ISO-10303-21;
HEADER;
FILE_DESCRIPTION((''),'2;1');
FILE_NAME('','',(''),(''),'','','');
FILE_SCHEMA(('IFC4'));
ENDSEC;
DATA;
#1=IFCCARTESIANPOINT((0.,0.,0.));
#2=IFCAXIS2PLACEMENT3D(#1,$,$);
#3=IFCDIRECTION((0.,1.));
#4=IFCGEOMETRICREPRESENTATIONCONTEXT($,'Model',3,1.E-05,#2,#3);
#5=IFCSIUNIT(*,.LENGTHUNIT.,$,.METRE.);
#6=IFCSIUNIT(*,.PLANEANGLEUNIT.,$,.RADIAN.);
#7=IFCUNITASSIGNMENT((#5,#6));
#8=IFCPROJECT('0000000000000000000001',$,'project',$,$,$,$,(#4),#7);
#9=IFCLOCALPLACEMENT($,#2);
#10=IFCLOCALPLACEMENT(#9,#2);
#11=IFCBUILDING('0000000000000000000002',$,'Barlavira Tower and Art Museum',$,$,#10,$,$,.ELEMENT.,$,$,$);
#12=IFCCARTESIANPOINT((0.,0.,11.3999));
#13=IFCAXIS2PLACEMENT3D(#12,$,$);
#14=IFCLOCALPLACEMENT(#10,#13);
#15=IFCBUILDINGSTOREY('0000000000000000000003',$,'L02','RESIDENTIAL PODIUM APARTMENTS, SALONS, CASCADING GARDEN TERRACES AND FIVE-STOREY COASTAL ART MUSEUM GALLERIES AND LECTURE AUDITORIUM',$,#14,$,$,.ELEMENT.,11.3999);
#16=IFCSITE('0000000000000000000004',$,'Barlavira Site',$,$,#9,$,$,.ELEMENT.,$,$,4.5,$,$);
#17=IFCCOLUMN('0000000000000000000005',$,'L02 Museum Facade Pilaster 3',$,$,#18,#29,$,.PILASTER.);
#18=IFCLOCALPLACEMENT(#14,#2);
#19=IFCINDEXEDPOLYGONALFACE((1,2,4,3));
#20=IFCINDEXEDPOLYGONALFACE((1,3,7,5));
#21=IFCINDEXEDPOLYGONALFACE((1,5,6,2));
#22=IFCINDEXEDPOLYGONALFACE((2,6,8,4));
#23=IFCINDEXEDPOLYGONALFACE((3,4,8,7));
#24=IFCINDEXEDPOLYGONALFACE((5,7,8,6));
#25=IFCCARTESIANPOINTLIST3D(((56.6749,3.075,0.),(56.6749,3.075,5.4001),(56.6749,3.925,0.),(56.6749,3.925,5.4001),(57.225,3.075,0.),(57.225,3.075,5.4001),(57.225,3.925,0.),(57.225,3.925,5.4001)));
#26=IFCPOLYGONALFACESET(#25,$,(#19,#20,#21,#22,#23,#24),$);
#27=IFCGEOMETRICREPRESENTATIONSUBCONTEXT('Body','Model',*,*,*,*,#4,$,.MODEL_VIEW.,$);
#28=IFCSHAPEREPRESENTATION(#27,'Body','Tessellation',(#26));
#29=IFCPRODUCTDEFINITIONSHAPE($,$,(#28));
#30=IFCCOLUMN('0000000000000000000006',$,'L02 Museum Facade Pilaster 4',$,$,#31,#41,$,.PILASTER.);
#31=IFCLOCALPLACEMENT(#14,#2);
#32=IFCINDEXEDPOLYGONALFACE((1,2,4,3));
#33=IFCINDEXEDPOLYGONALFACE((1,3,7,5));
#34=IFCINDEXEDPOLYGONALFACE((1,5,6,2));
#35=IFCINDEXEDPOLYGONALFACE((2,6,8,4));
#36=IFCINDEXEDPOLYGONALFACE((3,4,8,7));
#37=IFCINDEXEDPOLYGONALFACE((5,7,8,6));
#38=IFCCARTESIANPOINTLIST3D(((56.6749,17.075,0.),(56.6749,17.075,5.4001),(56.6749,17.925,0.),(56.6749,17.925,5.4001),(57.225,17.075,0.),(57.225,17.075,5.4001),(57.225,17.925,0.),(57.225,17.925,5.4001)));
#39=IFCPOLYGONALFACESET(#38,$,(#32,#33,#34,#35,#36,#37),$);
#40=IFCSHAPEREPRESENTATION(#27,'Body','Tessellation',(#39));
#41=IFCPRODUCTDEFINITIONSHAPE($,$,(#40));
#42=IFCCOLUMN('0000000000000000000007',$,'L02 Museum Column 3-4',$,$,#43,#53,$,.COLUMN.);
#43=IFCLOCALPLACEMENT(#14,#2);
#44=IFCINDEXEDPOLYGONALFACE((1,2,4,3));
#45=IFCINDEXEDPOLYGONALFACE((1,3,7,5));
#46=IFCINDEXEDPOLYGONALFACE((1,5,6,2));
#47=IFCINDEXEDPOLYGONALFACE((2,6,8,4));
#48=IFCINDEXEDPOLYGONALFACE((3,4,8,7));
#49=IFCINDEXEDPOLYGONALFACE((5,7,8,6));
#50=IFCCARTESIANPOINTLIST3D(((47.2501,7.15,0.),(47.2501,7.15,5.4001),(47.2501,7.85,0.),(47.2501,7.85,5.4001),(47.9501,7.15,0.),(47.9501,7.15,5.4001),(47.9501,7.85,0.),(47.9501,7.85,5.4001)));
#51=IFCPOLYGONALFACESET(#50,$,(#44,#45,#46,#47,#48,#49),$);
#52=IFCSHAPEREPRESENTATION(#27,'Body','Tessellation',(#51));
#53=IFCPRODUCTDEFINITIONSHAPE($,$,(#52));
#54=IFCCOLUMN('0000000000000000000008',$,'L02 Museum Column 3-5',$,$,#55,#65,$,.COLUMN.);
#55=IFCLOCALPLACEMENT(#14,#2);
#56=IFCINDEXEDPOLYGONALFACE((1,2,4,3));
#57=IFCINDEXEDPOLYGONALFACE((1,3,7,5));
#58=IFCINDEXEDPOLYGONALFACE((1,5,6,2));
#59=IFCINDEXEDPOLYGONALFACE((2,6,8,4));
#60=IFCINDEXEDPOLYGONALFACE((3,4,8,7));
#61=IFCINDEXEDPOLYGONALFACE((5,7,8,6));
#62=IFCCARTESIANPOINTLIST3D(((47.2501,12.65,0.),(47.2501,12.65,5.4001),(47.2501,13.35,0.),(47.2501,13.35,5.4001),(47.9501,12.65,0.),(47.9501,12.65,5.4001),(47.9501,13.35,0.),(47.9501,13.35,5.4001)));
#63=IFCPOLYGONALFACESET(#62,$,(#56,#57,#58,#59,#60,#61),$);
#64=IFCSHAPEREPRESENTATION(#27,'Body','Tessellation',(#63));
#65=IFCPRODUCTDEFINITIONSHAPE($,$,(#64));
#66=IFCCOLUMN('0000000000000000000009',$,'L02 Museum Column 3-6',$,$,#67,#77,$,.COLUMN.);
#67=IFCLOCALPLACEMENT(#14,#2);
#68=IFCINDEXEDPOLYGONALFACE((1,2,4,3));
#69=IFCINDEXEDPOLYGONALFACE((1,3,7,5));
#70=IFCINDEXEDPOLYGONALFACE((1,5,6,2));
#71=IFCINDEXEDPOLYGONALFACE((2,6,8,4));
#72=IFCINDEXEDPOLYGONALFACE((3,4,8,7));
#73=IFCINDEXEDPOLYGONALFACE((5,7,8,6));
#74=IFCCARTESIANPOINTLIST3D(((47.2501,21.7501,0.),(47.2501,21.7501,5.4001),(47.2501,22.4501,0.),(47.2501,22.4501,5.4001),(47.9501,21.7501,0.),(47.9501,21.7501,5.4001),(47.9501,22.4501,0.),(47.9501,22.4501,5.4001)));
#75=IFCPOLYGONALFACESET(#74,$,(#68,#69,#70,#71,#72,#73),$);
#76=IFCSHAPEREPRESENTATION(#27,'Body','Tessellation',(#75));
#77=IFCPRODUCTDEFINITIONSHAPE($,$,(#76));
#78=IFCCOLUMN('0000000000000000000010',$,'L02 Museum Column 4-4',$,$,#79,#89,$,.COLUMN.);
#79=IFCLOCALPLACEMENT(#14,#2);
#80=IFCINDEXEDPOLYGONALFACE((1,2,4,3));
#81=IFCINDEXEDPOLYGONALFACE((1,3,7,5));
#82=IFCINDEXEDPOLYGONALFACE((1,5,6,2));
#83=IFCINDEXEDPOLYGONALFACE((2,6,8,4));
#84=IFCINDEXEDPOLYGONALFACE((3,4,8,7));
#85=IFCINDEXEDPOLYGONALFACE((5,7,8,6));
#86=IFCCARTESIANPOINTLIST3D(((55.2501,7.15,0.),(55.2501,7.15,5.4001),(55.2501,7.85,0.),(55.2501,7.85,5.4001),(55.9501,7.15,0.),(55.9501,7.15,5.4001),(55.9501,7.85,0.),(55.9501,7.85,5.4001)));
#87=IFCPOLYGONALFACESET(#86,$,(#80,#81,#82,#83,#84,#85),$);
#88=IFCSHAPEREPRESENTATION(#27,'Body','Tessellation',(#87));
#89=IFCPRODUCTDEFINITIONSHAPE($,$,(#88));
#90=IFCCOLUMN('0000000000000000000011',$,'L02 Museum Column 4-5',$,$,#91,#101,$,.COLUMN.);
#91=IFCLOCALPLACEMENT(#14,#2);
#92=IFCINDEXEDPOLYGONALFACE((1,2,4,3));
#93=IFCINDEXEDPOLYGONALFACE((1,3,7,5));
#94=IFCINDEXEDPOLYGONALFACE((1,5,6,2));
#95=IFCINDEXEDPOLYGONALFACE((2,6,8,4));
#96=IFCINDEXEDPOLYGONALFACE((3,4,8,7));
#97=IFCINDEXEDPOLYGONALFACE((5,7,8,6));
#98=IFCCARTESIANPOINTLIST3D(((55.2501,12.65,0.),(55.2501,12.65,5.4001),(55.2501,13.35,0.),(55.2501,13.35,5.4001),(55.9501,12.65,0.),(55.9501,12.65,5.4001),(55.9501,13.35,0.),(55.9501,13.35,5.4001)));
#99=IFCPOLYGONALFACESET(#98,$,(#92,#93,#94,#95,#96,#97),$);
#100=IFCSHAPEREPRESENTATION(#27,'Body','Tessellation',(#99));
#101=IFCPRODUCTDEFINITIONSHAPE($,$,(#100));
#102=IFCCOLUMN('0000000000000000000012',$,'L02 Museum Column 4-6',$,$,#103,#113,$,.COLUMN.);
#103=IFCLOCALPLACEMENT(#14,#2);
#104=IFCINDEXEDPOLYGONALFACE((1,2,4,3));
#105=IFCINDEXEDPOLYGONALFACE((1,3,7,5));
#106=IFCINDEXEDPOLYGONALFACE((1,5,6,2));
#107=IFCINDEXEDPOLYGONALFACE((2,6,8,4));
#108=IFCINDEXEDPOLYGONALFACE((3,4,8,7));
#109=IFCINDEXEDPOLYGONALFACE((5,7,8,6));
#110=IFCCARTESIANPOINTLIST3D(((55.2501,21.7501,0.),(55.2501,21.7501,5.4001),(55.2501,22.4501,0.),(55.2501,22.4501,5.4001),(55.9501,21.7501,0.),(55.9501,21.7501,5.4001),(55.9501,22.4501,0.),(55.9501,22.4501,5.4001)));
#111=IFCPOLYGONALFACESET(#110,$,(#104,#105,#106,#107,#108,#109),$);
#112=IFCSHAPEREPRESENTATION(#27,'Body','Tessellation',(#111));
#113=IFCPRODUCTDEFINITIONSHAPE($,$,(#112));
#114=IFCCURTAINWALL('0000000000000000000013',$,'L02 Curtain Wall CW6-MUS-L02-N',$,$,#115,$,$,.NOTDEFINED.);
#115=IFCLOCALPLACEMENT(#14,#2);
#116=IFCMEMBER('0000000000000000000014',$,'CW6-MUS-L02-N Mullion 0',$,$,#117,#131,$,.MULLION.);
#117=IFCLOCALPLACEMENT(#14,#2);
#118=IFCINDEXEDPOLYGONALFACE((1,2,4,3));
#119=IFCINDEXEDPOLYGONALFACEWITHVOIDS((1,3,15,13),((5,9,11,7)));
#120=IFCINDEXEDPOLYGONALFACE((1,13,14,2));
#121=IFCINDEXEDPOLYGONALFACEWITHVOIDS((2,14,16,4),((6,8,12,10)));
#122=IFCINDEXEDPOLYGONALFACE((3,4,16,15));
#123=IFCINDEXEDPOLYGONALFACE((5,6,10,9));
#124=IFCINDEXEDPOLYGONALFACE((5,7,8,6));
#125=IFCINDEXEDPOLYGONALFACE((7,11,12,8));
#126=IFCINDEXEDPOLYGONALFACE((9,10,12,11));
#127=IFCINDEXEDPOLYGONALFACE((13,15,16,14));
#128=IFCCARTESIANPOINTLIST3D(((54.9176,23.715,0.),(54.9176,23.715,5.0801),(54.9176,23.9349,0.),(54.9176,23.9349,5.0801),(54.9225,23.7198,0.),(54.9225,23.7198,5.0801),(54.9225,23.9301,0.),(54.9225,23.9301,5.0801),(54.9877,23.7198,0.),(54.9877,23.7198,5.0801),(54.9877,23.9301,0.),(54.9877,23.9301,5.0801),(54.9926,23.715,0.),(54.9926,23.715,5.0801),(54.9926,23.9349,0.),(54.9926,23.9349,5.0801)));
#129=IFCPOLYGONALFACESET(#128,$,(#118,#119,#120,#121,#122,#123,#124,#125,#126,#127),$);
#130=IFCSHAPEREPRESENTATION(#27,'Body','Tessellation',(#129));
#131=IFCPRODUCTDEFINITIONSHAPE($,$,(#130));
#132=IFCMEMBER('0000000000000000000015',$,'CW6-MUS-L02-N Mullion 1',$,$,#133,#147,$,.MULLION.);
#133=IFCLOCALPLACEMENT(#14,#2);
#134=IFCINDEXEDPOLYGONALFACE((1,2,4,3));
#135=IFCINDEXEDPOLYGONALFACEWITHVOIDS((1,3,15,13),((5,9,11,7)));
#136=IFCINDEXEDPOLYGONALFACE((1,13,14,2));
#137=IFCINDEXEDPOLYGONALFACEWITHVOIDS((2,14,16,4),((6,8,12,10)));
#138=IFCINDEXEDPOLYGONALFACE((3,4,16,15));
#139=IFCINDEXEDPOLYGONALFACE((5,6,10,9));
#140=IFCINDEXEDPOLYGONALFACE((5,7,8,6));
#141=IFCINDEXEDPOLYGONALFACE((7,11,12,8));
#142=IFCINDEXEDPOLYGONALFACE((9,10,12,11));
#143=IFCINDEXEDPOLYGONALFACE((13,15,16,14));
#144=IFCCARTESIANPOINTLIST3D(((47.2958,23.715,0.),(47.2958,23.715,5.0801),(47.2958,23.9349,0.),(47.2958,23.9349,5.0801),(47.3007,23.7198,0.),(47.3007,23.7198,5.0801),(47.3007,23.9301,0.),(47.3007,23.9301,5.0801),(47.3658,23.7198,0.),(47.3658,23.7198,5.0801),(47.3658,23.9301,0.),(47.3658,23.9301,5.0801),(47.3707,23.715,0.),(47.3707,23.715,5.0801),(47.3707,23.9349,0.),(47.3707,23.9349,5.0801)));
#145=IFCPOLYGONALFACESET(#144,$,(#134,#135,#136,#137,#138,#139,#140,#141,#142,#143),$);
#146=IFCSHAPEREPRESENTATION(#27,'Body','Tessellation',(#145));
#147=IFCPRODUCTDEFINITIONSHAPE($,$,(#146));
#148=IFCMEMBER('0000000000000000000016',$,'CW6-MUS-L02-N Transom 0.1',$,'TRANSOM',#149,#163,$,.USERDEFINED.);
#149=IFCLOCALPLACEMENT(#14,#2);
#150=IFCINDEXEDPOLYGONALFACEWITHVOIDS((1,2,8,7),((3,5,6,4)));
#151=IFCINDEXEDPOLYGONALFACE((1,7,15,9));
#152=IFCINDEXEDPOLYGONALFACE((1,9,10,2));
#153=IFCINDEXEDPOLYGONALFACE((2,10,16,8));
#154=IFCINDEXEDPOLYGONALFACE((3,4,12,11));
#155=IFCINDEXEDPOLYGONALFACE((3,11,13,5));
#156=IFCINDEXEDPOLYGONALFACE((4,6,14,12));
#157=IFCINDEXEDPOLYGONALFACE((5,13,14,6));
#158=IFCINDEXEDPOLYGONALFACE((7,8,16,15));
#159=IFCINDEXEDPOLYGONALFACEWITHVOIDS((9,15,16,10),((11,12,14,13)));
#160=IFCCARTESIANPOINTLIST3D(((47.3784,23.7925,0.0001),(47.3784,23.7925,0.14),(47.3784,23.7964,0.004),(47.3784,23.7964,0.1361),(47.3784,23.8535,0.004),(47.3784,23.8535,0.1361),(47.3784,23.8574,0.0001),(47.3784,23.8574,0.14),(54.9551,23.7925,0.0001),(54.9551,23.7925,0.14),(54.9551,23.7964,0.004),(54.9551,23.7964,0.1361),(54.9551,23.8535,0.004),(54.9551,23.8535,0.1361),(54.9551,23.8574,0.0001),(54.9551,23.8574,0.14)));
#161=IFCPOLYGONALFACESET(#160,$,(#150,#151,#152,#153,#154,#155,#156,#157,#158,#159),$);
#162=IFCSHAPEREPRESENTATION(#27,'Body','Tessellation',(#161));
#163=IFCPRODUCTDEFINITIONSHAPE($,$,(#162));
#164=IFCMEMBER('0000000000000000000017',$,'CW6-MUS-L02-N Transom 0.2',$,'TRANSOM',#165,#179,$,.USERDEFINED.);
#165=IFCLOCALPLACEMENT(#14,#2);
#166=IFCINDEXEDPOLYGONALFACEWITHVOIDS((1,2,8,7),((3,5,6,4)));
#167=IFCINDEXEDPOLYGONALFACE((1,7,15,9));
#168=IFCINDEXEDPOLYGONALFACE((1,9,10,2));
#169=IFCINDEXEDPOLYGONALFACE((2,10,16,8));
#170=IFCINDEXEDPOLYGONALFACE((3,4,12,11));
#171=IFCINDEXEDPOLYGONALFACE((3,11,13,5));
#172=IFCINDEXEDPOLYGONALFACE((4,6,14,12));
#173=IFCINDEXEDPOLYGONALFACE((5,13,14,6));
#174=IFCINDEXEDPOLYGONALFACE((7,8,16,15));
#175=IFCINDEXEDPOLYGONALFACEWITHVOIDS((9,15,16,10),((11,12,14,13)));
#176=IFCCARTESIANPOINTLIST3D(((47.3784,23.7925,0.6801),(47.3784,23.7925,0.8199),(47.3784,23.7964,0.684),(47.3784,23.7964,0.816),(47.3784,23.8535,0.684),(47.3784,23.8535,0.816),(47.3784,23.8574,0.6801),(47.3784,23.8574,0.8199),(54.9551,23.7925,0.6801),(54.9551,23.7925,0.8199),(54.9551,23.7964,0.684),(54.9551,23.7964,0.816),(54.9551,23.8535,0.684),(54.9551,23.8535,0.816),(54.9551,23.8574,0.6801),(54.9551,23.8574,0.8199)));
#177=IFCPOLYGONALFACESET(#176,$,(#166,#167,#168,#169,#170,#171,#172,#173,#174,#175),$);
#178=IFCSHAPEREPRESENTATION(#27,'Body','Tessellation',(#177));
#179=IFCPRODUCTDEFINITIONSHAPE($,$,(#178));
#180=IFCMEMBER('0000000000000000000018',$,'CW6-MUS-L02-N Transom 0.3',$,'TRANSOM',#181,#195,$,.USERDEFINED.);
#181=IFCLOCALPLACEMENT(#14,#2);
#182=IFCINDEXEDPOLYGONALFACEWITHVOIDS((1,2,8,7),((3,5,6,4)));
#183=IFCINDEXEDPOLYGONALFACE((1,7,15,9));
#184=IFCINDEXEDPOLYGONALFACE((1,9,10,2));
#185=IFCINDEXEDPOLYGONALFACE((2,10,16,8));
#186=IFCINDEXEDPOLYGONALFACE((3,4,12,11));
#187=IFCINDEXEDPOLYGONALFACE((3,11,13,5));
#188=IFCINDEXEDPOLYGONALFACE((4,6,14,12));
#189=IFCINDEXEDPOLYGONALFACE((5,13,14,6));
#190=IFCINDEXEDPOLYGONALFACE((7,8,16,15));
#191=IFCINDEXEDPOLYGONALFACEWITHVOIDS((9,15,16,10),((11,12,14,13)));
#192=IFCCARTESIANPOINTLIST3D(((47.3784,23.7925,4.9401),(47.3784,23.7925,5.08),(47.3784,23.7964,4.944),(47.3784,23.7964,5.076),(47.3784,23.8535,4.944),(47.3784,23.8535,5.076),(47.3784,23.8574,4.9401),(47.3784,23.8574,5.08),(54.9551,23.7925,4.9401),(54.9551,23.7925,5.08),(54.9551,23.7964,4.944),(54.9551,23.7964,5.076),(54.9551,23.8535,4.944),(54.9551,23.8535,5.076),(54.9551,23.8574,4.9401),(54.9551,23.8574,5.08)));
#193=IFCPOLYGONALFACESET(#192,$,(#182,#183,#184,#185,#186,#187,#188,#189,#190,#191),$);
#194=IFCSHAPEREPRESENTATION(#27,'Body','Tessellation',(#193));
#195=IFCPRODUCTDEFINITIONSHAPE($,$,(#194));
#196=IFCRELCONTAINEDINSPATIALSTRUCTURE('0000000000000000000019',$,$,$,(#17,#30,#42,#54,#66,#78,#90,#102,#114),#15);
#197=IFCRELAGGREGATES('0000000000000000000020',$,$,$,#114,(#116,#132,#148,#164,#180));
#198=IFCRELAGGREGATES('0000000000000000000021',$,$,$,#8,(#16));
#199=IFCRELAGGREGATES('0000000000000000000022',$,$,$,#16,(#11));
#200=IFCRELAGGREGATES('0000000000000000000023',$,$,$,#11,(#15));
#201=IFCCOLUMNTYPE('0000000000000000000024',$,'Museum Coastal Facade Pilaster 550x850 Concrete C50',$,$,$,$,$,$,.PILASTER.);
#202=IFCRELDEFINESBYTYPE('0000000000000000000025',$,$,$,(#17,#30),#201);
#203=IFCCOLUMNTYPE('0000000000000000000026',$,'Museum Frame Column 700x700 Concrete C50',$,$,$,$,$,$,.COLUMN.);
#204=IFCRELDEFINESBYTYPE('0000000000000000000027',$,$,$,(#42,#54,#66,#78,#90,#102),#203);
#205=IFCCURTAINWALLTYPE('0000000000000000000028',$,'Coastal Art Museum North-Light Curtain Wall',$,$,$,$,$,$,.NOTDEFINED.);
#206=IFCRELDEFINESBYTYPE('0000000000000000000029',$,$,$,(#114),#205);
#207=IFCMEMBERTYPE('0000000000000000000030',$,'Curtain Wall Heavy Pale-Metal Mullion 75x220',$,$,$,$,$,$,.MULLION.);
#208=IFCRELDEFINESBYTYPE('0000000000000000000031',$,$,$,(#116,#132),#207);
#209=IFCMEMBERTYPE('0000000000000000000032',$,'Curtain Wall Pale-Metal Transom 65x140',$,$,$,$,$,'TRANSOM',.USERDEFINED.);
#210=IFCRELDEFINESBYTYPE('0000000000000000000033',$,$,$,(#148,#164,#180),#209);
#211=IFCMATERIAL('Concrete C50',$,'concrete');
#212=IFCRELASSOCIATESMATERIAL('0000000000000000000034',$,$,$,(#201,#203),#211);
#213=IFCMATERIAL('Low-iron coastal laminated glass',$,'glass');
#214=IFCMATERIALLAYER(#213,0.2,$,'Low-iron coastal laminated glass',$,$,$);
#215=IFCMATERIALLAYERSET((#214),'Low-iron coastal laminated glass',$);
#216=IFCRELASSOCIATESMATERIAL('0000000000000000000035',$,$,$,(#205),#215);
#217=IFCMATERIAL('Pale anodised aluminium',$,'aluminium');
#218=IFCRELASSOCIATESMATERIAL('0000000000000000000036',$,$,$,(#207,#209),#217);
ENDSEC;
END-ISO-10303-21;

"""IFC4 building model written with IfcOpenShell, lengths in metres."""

from ifc_helpers import new_model, si_unit, direction, frame, origin, origin_2d, place, context, subcontext, project, spatial, rectangle, hollow_rectangle, extrude, material, layer, layer_set, material_profile, profile_set, type_object, element, aggregate, save


model = new_model("IFC4")

# Units and contexts
model_context = context("Model", 3, precision=1e-05, world=origin(), true_north=direction((0.0, 1.0)))
body_context = subcontext(model_context, "Body", "Model", "MODEL_VIEW")
ifc_project = project(units=[si_unit("LENGTHUNIT", "METRE"), si_unit("PLANEANGLEUNIT", "RADIAN")], contexts=[model_context])

# Site, building, storey
site_placement = place(None, origin())
site = spatial("IfcSite", under=ifc_project, at=site_placement, Name="Barlavira Site", CompositionType="ELEMENT", RefElevation=4.5)
building_placement = place(site_placement, origin())
building = spatial("IfcBuilding", under=site, at=building_placement, Name="Barlavira Tower and Art Museum", CompositionType="ELEMENT")
storey_placement = place(building_placement, frame((0.0, 0.0, 11.3999)))
storey = spatial("IfcBuildingStorey", under=building, at=storey_placement, Name="L02", Description="RESIDENTIAL PODIUM APARTMENTS, SALONS, CASCADING GARDEN TERRACES AND FIVE-STOREY COASTAL ART MUSEUM GALLERIES AND LECTURE AUDITORIUM", CompositionType="ELEMENT", Elevation=11.3999)

# Columns
ifc_material_1 = material(Name="Concrete C50", Category="concrete")
ifc_material_profile_1 = material_profile(ifc_material_1, rectangle(XDim=0.55, YDim=0.8501, at=origin_2d()), Name="RC-PIL 550x850")
ifc_profile_set_1 = profile_set([ifc_material_profile_1], Name="Concrete C50")
column_type_1 = type_object("IfcColumnType", Name="Museum Coastal Facade Pilaster 550x850 Concrete C50", PredefinedType="PILASTER", material=ifc_profile_set_1)
for number, where, z_axis, x_axis, name in (
    (1, (56.95, 3.5, 0.0), (0.0, 0.0, 1.0), (1.0, 0.0, 0.0), "L02 Museum Facade Pilaster 3"),
    (2, (56.95, 17.5, 0.0), (0.0, 0.0, 1.0), (1.0, 0.0, 0.0), "L02 Museum Facade Pilaster 4"),
):
    element("IfcColumn", number, at=place(storey_placement, frame(where, z_axis=z_axis, x_axis=x_axis)), inside=storey, type_object=column_type_1, Name=name, PredefinedType="PILASTER", context=body_context, shape_type="SweptSolid", body=[
        extrude(rectangle(XDim=0.55, YDim=0.8501, at=origin_2d()), origin(), (0.0, 0.0, 1.0), 5.4001),
    ])
ifc_material_profile_2 = material_profile(ifc_material_1, rectangle(XDim=0.7, YDim=0.7, at=origin_2d()), Name="RC-COL 700x700")
ifc_profile_set_2 = profile_set([ifc_material_profile_2], Name="Concrete C50")
column_type_2 = type_object("IfcColumnType", Name="Museum Frame Column 700x700 Concrete C50", PredefinedType="COLUMN", material=ifc_profile_set_2)
for number, where, z_axis, x_axis, name in (
    (3, (47.6001, 7.5, 0.0), (0.0, 0.0, 1.0), (1.0, 0.0, 0.0), "L02 Museum Column 3-4"),
    (4, (47.6001, 13.0, 0.0), (0.0, 0.0, 1.0), (1.0, 0.0, 0.0), "L02 Museum Column 3-5"),
    (5, (47.6001, 22.1001, 0.0), (0.0, 0.0, 1.0), (1.0, 0.0, 0.0), "L02 Museum Column 3-6"),
    (6, (55.6001, 7.5, 0.0), (0.0, 0.0, 1.0), (1.0, 0.0, 0.0), "L02 Museum Column 4-4"),
    (7, (55.6001, 13.0, 0.0), (0.0, 0.0, 1.0), (1.0, 0.0, 0.0), "L02 Museum Column 4-5"),
    (8, (55.6001, 22.1001, 0.0), (0.0, 0.0, 1.0), (1.0, 0.0, 0.0), "L02 Museum Column 4-6"),
):
    element("IfcColumn", number, at=place(storey_placement, frame(where, z_axis=z_axis, x_axis=x_axis)), inside=storey, type_object=column_type_2, Name=name, PredefinedType="COLUMN", context=body_context, shape_type="SweptSolid", body=[
        extrude(rectangle(XDim=0.7, YDim=0.7, at=origin_2d()), origin(), (0.0, 0.0, 1.0), 5.4001),
    ])

# Curtain wall, members
ifc_material_2 = material(Name="Low-iron coastal laminated glass", Category="glass")
ifc_layer_1 = layer(ifc_material_2, 0.2, Name="Low-iron coastal laminated glass")
ifc_layer_set_1 = layer_set([ifc_layer_1], Name="Low-iron coastal laminated glass")
curtain_wall_type = type_object("IfcCurtainWallType", Name="Coastal Art Museum North-Light Curtain Wall", PredefinedType="NOTDEFINED", material=ifc_layer_set_1)
curtain_wall_placement = place(storey_placement, origin())
curtain_wall = element("IfcCurtainWall", 9, at=curtain_wall_placement, inside=storey, type_object=curtain_wall_type, Name="L02 Curtain Wall CW6-MUS-L02-N", PredefinedType="NOTDEFINED")
ifc_material_3 = material(Name="Pale anodised aluminium", Category="aluminium")
ifc_material_profile_3 = material_profile(ifc_material_3, hollow_rectangle(XDim=0.075, YDim=0.22, WallThickness=0.0049, at=origin_2d()), Name="ALU-MULL 75x220x5")
ifc_profile_set_3 = profile_set([ifc_material_profile_3], Name="Pale anodised aluminium")
member_type_1 = type_object("IfcMemberType", Name="Curtain Wall Heavy Pale-Metal Mullion 75x220", PredefinedType="MULLION", material=ifc_profile_set_3)
member_1_placement = place(storey_placement, frame((54.9551, 23.825, 0.0), z_axis=(0.0, 0.0, 1.0), x_axis=(-1.0, 0.0, 0.0)))
member_1 = element("IfcMember", 10, at=member_1_placement, type_object=member_type_1, Name="CW6-MUS-L02-N Mullion 0", PredefinedType="MULLION", context=body_context, shape_type="SweptSolid", body=[
    extrude(hollow_rectangle(XDim=0.075, YDim=0.22, WallThickness=0.0049, at=origin_2d()), origin(), (0.0, 0.0, 1.0), 5.0801),
])
member_2_placement = place(storey_placement, frame((47.3333, 23.825, 0.0), z_axis=(0.0, 0.0, 1.0), x_axis=(-1.0, 0.0, 0.0)))
member_2 = element("IfcMember", 11, at=member_2_placement, type_object=member_type_1, Name="CW6-MUS-L02-N Mullion 1", PredefinedType="MULLION", context=body_context, shape_type="SweptSolid", body=[
    extrude(hollow_rectangle(XDim=0.075, YDim=0.22, WallThickness=0.0049, at=origin_2d()), origin(), (0.0, 0.0, 1.0), 5.0801),
])
ifc_material_profile_4 = material_profile(ifc_material_3, hollow_rectangle(XDim=0.0649, YDim=0.1399, WallThickness=0.0039, at=origin_2d()), Name="ALU-TRAN 65x140x4")
ifc_profile_set_4 = profile_set([ifc_material_profile_4], Name="Pale anodised aluminium")
member_type_2 = type_object("IfcMemberType", Name="Curtain Wall Pale-Metal Transom 65x140", ElementType="TRANSOM", PredefinedType="USERDEFINED", material=ifc_profile_set_4)
member_3_placement = place(storey_placement, frame((54.9551, 23.825, 0.0701), z_axis=(-1.0, 0.0, 0.0), x_axis=(0.0, -1.0, 0.0)))
member_3 = element("IfcMember", 12, at=member_3_placement, type_object=member_type_2, Name="CW6-MUS-L02-N Transom 0.1", ObjectType="TRANSOM", PredefinedType="USERDEFINED", context=body_context, shape_type="SweptSolid", body=[
    extrude(hollow_rectangle(XDim=0.0649, YDim=0.1399, WallThickness=0.0039, at=origin_2d()), origin(), (0.0, 0.0, 1.0), 7.5767),
])
member_4_placement = place(storey_placement, frame((54.9551, 23.825, 0.75), z_axis=(-1.0, 0.0, 0.0), x_axis=(0.0, -1.0, 0.0)))
member_4 = element("IfcMember", 13, at=member_4_placement, type_object=member_type_2, Name="CW6-MUS-L02-N Transom 0.2", ObjectType="TRANSOM", PredefinedType="USERDEFINED", context=body_context, shape_type="SweptSolid", body=[
    extrude(hollow_rectangle(XDim=0.0649, YDim=0.1399, WallThickness=0.0039, at=origin_2d()), origin(), (0.0, 0.0, 1.0), 7.5767),
])
member_5_placement = place(storey_placement, frame((54.9551, 23.825, 5.01), z_axis=(-1.0, 0.0, 0.0), x_axis=(0.0, -1.0, 0.0)))
member_5 = element("IfcMember", 14, at=member_5_placement, type_object=member_type_2, Name="CW6-MUS-L02-N Transom 0.3", ObjectType="TRANSOM", PredefinedType="USERDEFINED", context=body_context, shape_type="SweptSolid", body=[
    extrude(hollow_rectangle(XDim=0.0649, YDim=0.1399, WallThickness=0.0039, at=origin_2d()), origin(), (0.0, 0.0, 1.0), 7.5767),
])

aggregate(curtain_wall, [member_1, member_2, member_3, member_4, member_5])

save(model, "model.ifc")
